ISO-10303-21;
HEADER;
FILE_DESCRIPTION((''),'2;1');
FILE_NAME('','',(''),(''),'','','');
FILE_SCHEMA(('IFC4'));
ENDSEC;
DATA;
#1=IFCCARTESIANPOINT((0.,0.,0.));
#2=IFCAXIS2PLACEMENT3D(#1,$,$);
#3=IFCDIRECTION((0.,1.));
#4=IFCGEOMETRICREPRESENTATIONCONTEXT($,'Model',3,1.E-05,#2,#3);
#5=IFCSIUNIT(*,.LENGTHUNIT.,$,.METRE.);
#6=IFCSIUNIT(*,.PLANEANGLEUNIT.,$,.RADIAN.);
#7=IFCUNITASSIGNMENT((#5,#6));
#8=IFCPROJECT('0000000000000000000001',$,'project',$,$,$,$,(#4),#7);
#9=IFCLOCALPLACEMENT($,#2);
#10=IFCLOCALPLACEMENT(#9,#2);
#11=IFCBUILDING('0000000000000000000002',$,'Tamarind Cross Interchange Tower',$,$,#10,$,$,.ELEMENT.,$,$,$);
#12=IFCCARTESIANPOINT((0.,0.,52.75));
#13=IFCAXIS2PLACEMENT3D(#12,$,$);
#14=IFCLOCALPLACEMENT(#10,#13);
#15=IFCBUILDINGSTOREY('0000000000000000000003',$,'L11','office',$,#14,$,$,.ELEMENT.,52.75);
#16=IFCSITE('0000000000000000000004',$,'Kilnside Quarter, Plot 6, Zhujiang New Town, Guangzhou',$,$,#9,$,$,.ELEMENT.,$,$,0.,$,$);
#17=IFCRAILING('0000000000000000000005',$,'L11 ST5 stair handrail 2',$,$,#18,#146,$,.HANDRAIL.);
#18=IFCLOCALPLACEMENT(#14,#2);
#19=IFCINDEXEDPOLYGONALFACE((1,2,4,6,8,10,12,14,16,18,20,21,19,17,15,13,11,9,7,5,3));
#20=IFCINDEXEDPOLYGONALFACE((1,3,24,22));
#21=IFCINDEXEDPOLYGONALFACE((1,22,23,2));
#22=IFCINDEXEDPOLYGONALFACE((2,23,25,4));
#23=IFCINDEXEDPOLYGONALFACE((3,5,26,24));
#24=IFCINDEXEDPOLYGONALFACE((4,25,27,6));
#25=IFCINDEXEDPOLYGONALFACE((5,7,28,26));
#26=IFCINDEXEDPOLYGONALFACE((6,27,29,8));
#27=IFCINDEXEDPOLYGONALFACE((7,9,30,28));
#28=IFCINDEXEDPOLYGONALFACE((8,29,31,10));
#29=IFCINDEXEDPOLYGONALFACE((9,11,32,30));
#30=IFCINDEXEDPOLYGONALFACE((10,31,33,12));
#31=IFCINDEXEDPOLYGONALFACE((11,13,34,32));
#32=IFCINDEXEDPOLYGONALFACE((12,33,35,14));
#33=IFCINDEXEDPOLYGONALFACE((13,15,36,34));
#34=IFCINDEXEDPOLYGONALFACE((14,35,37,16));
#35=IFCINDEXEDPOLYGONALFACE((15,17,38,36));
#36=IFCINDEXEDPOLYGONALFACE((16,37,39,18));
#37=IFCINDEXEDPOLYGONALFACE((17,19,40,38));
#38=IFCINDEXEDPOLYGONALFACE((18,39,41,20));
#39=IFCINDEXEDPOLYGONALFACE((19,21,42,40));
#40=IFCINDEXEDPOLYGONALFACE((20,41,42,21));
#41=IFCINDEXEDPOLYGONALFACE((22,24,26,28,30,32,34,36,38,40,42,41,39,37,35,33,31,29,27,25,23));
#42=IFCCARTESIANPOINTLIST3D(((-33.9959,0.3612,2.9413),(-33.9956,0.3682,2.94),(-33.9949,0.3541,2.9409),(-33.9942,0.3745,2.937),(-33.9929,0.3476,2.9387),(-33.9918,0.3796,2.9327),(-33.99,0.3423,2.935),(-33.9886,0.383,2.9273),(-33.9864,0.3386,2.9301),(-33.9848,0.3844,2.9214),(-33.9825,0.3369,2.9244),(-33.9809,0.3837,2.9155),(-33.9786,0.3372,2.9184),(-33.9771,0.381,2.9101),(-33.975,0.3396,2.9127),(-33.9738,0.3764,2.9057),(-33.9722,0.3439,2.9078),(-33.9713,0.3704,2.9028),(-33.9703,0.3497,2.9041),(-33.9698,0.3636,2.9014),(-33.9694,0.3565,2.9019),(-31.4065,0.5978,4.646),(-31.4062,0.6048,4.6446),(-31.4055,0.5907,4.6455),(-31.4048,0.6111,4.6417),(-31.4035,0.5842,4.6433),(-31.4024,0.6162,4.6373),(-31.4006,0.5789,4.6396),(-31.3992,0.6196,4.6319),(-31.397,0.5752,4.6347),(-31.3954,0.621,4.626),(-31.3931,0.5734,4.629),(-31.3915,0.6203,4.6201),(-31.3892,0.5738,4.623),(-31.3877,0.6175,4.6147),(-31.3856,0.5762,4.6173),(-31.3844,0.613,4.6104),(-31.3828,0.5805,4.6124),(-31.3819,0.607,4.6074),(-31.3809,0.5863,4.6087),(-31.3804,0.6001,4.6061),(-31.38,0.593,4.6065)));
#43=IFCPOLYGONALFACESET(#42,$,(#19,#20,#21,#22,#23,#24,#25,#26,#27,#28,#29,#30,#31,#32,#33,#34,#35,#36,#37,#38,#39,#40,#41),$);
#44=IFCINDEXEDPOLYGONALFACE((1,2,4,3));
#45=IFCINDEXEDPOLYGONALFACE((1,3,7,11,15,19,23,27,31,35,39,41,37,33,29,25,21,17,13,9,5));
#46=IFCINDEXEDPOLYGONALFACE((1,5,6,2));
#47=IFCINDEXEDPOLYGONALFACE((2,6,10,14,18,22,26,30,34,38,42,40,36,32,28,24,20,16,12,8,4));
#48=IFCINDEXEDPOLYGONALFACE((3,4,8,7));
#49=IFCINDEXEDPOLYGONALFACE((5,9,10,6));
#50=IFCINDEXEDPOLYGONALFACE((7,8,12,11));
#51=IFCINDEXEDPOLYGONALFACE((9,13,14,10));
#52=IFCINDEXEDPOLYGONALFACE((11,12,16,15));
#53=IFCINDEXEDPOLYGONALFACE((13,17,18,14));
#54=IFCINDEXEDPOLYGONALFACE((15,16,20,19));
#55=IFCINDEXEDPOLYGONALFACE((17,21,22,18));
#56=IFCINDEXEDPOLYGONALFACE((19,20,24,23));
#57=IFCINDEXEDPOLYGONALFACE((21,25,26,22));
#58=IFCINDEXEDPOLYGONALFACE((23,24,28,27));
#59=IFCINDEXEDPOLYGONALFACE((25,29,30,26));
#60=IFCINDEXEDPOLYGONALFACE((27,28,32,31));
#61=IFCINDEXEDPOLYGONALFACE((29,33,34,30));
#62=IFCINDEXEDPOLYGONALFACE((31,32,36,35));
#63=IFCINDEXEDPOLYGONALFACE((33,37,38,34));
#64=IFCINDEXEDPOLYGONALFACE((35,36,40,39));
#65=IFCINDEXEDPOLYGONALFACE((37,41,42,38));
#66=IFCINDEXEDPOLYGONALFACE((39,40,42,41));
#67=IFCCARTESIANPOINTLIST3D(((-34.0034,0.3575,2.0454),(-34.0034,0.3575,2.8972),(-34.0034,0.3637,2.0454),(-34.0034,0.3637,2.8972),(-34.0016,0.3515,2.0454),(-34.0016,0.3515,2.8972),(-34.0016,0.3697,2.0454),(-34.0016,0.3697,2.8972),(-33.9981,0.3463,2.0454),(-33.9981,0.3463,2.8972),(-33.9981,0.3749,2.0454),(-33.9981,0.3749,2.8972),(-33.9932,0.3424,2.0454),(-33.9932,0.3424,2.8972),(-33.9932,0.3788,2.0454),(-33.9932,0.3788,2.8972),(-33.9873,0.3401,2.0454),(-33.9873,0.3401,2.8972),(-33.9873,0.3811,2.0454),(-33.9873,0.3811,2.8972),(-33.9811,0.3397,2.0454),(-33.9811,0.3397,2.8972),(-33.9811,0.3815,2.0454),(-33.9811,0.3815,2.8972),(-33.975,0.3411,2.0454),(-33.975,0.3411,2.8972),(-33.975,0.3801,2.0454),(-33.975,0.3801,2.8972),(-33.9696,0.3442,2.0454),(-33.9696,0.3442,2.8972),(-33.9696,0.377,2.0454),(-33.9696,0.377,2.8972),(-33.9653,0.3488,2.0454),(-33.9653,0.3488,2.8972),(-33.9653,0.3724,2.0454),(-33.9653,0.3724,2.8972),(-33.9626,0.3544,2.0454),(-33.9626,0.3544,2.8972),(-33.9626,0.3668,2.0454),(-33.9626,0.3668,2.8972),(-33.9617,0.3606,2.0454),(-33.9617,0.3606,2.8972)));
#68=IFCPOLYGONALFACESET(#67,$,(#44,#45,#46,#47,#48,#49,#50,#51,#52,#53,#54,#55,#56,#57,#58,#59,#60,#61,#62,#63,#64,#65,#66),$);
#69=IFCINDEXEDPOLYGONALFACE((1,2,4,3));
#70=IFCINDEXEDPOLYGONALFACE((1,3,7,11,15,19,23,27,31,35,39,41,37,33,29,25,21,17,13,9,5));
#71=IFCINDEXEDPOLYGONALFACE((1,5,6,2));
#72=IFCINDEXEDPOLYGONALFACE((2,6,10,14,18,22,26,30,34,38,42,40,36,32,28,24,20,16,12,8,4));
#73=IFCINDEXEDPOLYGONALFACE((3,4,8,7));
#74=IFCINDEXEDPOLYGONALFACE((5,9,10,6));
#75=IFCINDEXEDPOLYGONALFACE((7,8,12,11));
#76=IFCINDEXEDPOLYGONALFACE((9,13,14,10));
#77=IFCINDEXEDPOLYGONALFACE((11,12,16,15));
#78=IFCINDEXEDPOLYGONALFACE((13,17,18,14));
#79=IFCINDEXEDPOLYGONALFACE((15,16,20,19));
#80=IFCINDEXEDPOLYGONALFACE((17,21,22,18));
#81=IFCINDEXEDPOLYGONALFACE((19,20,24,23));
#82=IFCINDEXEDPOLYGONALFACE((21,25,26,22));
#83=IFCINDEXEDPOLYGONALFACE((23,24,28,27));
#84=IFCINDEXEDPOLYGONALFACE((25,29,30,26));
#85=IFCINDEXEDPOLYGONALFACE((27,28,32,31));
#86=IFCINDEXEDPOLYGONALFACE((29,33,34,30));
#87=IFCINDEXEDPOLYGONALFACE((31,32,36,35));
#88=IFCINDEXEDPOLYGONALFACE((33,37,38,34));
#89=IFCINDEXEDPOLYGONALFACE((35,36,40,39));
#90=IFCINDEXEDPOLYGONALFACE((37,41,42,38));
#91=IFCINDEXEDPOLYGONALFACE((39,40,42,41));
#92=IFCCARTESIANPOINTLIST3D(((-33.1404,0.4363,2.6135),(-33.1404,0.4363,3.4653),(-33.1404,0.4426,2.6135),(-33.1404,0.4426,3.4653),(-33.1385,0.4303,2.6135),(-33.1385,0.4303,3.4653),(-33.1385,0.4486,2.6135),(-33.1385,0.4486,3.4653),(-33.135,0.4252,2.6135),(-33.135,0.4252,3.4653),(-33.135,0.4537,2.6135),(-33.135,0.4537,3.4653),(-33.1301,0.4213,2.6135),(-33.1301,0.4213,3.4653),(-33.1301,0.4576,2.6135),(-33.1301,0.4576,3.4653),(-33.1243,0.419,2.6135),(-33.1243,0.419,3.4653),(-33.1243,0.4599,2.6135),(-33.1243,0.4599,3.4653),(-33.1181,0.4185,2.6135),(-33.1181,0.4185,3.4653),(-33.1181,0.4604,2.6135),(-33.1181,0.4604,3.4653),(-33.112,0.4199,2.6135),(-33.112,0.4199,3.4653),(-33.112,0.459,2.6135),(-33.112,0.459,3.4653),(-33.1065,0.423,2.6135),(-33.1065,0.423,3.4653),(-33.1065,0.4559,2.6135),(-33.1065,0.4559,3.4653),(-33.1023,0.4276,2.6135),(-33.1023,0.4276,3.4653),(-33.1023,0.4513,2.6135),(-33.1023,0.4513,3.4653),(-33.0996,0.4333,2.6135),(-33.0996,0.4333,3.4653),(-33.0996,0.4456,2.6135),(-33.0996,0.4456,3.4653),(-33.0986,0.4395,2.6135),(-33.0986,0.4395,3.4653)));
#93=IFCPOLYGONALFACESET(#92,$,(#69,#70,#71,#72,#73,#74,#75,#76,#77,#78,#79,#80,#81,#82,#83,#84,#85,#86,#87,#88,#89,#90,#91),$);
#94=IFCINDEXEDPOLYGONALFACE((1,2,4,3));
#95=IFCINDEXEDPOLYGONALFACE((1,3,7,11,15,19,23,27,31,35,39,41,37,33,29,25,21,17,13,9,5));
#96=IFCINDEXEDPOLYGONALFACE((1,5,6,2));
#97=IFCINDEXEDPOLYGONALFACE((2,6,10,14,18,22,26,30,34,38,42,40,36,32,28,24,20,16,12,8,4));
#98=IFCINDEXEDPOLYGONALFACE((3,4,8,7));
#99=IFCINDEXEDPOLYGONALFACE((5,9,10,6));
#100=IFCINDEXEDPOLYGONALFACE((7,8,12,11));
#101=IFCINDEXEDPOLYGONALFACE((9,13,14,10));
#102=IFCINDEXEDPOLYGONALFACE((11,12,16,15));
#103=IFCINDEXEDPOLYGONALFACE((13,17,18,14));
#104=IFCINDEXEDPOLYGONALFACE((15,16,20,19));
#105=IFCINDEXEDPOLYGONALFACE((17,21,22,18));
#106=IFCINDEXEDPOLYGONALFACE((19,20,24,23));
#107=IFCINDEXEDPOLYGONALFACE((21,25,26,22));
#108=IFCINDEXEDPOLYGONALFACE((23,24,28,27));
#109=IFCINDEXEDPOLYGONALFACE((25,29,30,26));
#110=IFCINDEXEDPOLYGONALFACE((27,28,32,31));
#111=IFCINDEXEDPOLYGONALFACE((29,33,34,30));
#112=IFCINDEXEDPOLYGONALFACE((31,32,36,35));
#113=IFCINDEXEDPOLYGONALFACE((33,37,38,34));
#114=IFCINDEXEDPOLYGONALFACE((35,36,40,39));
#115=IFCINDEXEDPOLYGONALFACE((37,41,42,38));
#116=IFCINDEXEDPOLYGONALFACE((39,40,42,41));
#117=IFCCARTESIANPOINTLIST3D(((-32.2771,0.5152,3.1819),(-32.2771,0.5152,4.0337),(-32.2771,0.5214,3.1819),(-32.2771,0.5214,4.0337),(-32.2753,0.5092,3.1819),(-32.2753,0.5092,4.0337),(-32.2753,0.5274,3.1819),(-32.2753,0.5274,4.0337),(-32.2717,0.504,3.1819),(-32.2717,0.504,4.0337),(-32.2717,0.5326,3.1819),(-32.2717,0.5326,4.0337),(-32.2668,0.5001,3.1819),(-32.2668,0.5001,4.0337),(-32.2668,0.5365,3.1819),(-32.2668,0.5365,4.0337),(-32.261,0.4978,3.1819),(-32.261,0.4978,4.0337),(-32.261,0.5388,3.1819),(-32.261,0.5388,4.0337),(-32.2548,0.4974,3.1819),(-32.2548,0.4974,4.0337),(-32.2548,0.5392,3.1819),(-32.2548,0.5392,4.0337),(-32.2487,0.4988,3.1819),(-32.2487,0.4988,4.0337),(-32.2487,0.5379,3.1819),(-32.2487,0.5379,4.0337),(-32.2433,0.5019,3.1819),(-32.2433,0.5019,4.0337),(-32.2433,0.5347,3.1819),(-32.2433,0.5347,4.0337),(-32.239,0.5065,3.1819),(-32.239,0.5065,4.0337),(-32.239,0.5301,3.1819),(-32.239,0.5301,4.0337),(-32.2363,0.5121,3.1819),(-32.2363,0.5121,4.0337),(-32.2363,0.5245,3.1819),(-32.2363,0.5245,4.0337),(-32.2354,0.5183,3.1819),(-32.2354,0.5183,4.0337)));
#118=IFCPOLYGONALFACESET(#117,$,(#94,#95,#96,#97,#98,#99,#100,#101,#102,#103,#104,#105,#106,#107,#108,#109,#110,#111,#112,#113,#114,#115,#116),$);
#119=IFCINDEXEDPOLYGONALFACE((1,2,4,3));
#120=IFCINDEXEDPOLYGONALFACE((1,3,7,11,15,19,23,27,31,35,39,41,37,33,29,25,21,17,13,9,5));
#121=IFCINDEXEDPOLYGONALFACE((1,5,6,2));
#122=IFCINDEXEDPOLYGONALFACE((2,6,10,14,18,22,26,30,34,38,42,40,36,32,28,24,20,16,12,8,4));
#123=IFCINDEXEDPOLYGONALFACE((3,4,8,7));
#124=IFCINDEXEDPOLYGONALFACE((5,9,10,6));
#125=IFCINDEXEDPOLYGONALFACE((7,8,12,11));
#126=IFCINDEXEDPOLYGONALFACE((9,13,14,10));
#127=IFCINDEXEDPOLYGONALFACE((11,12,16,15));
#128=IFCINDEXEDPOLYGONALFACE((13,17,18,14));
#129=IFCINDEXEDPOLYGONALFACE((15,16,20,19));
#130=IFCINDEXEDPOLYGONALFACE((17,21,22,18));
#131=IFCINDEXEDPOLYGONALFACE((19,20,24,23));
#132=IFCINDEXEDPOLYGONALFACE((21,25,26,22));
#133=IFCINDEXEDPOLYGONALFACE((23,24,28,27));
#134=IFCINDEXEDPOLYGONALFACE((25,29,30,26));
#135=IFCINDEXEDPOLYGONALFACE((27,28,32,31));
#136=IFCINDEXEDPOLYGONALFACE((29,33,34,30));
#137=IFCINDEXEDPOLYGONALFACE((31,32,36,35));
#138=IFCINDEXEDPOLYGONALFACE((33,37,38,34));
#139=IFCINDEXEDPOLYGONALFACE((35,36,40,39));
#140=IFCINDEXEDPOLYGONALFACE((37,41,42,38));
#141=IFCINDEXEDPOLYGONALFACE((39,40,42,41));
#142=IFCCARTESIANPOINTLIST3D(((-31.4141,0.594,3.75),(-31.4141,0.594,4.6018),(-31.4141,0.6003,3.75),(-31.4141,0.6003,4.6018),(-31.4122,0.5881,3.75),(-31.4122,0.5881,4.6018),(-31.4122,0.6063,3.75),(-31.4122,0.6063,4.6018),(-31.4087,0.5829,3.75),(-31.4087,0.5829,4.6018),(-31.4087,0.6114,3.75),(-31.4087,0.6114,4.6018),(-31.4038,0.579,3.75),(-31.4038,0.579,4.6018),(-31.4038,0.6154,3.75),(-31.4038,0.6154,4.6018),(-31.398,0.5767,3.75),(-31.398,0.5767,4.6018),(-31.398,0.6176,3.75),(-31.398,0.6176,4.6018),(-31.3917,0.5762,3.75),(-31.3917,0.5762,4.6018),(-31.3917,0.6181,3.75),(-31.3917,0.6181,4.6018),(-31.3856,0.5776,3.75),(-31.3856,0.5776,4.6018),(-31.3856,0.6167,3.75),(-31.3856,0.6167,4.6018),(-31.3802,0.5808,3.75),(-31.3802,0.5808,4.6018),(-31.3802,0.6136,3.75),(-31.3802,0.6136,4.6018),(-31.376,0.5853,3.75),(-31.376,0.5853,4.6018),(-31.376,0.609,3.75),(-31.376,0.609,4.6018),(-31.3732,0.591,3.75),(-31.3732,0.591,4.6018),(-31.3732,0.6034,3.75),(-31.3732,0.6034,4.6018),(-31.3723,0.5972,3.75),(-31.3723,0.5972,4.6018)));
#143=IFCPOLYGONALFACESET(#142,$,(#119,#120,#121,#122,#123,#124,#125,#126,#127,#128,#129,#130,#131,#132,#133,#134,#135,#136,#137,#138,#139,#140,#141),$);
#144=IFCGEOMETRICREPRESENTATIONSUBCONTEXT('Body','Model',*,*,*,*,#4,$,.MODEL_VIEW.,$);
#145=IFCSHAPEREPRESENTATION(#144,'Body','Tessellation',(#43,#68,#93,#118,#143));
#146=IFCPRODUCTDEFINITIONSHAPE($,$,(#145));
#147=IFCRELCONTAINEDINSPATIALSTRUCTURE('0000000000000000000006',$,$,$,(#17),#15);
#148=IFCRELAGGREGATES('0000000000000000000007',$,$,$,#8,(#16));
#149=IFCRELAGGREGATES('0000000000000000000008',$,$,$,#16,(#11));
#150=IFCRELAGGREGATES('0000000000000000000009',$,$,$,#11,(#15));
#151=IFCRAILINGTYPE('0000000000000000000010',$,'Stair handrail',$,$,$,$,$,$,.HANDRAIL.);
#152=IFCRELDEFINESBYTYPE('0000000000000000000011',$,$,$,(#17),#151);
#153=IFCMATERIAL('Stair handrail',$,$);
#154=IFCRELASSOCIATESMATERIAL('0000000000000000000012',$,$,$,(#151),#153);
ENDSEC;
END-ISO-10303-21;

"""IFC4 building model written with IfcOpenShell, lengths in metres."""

from ifc_helpers import new_model, si_unit, direction, frame, origin, origin_2d, place, context, subcontext, project, spatial, circle, extrude, material, type_object, element, save


model = new_model("IFC4")

# Units and contexts
model_context = context("Model", 3, precision=1e-05, world=origin(), true_north=direction((0.0, 1.0)))
body_context = subcontext(model_context, "Body", "Model", "MODEL_VIEW")
ifc_project = project(units=[si_unit("LENGTHUNIT", "METRE"), si_unit("PLANEANGLEUNIT", "RADIAN")], contexts=[model_context])

# Site, building, storey
site_placement = place(None, origin())
site = spatial("IfcSite", under=ifc_project, at=site_placement, Name="Kilnside Quarter, Plot 6, Zhujiang New Town, Guangzhou", CompositionType="ELEMENT", RefElevation=0.0)
building_placement = place(site_placement, origin())
building = spatial("IfcBuilding", under=site, at=building_placement, Name="Tamarind Cross Interchange Tower", CompositionType="ELEMENT")
storey_placement = place(building_placement, frame((0.0, 0.0, 52.75)))
storey = spatial("IfcBuildingStorey", under=building, at=storey_placement, Name="L11", Description="office", CompositionType="ELEMENT", Elevation=52.75)

# Railing
ifc_material_1 = material(Name="Stair handrail")
railing_type_1 = type_object("IfcRailingType", Name="Stair handrail", PredefinedType="HANDRAIL", material=ifc_material_1)
railing_1_placement = place(storey_placement, frame((-33.9827, 0.3606, 2.0454)))
element("IfcRailing", 1, at=railing_1_placement, inside=storey, type_object=railing_type_1, Name="L11 ST5 stair handrail 2", PredefinedType="HANDRAIL", context=body_context, shape_type="SweptSolid", body=[
    extrude(circle(Radius=0.0239, at=origin_2d()), frame((0.0, 0.0, 0.876), z_axis=(0.832838, 0.076091, 0.548262), x_axis=(-0.090984, 0.995852, 0.0)), (0.0, 0.0, 1.0), 3.1091),
    extrude(circle(Radius=0.021, at=origin_2d()), origin(), (0.0, 0.0, 1.0), 0.8518),
    extrude(circle(Radius=0.021, at=origin_2d()), frame((0.863, 0.0789, 0.5681)), (0.0, 0.0, 1.0), 0.8518),
    extrude(circle(Radius=0.021, at=origin_2d()), frame((1.7263, 0.1577, 1.1365)), (0.0, 0.0, 1.0), 0.8518),
    extrude(circle(Radius=0.021, at=origin_2d()), frame((2.5894, 0.2366, 1.7046)), (0.0, 0.0, 1.0), 0.8518),
])

save(model, "model.ifc")
